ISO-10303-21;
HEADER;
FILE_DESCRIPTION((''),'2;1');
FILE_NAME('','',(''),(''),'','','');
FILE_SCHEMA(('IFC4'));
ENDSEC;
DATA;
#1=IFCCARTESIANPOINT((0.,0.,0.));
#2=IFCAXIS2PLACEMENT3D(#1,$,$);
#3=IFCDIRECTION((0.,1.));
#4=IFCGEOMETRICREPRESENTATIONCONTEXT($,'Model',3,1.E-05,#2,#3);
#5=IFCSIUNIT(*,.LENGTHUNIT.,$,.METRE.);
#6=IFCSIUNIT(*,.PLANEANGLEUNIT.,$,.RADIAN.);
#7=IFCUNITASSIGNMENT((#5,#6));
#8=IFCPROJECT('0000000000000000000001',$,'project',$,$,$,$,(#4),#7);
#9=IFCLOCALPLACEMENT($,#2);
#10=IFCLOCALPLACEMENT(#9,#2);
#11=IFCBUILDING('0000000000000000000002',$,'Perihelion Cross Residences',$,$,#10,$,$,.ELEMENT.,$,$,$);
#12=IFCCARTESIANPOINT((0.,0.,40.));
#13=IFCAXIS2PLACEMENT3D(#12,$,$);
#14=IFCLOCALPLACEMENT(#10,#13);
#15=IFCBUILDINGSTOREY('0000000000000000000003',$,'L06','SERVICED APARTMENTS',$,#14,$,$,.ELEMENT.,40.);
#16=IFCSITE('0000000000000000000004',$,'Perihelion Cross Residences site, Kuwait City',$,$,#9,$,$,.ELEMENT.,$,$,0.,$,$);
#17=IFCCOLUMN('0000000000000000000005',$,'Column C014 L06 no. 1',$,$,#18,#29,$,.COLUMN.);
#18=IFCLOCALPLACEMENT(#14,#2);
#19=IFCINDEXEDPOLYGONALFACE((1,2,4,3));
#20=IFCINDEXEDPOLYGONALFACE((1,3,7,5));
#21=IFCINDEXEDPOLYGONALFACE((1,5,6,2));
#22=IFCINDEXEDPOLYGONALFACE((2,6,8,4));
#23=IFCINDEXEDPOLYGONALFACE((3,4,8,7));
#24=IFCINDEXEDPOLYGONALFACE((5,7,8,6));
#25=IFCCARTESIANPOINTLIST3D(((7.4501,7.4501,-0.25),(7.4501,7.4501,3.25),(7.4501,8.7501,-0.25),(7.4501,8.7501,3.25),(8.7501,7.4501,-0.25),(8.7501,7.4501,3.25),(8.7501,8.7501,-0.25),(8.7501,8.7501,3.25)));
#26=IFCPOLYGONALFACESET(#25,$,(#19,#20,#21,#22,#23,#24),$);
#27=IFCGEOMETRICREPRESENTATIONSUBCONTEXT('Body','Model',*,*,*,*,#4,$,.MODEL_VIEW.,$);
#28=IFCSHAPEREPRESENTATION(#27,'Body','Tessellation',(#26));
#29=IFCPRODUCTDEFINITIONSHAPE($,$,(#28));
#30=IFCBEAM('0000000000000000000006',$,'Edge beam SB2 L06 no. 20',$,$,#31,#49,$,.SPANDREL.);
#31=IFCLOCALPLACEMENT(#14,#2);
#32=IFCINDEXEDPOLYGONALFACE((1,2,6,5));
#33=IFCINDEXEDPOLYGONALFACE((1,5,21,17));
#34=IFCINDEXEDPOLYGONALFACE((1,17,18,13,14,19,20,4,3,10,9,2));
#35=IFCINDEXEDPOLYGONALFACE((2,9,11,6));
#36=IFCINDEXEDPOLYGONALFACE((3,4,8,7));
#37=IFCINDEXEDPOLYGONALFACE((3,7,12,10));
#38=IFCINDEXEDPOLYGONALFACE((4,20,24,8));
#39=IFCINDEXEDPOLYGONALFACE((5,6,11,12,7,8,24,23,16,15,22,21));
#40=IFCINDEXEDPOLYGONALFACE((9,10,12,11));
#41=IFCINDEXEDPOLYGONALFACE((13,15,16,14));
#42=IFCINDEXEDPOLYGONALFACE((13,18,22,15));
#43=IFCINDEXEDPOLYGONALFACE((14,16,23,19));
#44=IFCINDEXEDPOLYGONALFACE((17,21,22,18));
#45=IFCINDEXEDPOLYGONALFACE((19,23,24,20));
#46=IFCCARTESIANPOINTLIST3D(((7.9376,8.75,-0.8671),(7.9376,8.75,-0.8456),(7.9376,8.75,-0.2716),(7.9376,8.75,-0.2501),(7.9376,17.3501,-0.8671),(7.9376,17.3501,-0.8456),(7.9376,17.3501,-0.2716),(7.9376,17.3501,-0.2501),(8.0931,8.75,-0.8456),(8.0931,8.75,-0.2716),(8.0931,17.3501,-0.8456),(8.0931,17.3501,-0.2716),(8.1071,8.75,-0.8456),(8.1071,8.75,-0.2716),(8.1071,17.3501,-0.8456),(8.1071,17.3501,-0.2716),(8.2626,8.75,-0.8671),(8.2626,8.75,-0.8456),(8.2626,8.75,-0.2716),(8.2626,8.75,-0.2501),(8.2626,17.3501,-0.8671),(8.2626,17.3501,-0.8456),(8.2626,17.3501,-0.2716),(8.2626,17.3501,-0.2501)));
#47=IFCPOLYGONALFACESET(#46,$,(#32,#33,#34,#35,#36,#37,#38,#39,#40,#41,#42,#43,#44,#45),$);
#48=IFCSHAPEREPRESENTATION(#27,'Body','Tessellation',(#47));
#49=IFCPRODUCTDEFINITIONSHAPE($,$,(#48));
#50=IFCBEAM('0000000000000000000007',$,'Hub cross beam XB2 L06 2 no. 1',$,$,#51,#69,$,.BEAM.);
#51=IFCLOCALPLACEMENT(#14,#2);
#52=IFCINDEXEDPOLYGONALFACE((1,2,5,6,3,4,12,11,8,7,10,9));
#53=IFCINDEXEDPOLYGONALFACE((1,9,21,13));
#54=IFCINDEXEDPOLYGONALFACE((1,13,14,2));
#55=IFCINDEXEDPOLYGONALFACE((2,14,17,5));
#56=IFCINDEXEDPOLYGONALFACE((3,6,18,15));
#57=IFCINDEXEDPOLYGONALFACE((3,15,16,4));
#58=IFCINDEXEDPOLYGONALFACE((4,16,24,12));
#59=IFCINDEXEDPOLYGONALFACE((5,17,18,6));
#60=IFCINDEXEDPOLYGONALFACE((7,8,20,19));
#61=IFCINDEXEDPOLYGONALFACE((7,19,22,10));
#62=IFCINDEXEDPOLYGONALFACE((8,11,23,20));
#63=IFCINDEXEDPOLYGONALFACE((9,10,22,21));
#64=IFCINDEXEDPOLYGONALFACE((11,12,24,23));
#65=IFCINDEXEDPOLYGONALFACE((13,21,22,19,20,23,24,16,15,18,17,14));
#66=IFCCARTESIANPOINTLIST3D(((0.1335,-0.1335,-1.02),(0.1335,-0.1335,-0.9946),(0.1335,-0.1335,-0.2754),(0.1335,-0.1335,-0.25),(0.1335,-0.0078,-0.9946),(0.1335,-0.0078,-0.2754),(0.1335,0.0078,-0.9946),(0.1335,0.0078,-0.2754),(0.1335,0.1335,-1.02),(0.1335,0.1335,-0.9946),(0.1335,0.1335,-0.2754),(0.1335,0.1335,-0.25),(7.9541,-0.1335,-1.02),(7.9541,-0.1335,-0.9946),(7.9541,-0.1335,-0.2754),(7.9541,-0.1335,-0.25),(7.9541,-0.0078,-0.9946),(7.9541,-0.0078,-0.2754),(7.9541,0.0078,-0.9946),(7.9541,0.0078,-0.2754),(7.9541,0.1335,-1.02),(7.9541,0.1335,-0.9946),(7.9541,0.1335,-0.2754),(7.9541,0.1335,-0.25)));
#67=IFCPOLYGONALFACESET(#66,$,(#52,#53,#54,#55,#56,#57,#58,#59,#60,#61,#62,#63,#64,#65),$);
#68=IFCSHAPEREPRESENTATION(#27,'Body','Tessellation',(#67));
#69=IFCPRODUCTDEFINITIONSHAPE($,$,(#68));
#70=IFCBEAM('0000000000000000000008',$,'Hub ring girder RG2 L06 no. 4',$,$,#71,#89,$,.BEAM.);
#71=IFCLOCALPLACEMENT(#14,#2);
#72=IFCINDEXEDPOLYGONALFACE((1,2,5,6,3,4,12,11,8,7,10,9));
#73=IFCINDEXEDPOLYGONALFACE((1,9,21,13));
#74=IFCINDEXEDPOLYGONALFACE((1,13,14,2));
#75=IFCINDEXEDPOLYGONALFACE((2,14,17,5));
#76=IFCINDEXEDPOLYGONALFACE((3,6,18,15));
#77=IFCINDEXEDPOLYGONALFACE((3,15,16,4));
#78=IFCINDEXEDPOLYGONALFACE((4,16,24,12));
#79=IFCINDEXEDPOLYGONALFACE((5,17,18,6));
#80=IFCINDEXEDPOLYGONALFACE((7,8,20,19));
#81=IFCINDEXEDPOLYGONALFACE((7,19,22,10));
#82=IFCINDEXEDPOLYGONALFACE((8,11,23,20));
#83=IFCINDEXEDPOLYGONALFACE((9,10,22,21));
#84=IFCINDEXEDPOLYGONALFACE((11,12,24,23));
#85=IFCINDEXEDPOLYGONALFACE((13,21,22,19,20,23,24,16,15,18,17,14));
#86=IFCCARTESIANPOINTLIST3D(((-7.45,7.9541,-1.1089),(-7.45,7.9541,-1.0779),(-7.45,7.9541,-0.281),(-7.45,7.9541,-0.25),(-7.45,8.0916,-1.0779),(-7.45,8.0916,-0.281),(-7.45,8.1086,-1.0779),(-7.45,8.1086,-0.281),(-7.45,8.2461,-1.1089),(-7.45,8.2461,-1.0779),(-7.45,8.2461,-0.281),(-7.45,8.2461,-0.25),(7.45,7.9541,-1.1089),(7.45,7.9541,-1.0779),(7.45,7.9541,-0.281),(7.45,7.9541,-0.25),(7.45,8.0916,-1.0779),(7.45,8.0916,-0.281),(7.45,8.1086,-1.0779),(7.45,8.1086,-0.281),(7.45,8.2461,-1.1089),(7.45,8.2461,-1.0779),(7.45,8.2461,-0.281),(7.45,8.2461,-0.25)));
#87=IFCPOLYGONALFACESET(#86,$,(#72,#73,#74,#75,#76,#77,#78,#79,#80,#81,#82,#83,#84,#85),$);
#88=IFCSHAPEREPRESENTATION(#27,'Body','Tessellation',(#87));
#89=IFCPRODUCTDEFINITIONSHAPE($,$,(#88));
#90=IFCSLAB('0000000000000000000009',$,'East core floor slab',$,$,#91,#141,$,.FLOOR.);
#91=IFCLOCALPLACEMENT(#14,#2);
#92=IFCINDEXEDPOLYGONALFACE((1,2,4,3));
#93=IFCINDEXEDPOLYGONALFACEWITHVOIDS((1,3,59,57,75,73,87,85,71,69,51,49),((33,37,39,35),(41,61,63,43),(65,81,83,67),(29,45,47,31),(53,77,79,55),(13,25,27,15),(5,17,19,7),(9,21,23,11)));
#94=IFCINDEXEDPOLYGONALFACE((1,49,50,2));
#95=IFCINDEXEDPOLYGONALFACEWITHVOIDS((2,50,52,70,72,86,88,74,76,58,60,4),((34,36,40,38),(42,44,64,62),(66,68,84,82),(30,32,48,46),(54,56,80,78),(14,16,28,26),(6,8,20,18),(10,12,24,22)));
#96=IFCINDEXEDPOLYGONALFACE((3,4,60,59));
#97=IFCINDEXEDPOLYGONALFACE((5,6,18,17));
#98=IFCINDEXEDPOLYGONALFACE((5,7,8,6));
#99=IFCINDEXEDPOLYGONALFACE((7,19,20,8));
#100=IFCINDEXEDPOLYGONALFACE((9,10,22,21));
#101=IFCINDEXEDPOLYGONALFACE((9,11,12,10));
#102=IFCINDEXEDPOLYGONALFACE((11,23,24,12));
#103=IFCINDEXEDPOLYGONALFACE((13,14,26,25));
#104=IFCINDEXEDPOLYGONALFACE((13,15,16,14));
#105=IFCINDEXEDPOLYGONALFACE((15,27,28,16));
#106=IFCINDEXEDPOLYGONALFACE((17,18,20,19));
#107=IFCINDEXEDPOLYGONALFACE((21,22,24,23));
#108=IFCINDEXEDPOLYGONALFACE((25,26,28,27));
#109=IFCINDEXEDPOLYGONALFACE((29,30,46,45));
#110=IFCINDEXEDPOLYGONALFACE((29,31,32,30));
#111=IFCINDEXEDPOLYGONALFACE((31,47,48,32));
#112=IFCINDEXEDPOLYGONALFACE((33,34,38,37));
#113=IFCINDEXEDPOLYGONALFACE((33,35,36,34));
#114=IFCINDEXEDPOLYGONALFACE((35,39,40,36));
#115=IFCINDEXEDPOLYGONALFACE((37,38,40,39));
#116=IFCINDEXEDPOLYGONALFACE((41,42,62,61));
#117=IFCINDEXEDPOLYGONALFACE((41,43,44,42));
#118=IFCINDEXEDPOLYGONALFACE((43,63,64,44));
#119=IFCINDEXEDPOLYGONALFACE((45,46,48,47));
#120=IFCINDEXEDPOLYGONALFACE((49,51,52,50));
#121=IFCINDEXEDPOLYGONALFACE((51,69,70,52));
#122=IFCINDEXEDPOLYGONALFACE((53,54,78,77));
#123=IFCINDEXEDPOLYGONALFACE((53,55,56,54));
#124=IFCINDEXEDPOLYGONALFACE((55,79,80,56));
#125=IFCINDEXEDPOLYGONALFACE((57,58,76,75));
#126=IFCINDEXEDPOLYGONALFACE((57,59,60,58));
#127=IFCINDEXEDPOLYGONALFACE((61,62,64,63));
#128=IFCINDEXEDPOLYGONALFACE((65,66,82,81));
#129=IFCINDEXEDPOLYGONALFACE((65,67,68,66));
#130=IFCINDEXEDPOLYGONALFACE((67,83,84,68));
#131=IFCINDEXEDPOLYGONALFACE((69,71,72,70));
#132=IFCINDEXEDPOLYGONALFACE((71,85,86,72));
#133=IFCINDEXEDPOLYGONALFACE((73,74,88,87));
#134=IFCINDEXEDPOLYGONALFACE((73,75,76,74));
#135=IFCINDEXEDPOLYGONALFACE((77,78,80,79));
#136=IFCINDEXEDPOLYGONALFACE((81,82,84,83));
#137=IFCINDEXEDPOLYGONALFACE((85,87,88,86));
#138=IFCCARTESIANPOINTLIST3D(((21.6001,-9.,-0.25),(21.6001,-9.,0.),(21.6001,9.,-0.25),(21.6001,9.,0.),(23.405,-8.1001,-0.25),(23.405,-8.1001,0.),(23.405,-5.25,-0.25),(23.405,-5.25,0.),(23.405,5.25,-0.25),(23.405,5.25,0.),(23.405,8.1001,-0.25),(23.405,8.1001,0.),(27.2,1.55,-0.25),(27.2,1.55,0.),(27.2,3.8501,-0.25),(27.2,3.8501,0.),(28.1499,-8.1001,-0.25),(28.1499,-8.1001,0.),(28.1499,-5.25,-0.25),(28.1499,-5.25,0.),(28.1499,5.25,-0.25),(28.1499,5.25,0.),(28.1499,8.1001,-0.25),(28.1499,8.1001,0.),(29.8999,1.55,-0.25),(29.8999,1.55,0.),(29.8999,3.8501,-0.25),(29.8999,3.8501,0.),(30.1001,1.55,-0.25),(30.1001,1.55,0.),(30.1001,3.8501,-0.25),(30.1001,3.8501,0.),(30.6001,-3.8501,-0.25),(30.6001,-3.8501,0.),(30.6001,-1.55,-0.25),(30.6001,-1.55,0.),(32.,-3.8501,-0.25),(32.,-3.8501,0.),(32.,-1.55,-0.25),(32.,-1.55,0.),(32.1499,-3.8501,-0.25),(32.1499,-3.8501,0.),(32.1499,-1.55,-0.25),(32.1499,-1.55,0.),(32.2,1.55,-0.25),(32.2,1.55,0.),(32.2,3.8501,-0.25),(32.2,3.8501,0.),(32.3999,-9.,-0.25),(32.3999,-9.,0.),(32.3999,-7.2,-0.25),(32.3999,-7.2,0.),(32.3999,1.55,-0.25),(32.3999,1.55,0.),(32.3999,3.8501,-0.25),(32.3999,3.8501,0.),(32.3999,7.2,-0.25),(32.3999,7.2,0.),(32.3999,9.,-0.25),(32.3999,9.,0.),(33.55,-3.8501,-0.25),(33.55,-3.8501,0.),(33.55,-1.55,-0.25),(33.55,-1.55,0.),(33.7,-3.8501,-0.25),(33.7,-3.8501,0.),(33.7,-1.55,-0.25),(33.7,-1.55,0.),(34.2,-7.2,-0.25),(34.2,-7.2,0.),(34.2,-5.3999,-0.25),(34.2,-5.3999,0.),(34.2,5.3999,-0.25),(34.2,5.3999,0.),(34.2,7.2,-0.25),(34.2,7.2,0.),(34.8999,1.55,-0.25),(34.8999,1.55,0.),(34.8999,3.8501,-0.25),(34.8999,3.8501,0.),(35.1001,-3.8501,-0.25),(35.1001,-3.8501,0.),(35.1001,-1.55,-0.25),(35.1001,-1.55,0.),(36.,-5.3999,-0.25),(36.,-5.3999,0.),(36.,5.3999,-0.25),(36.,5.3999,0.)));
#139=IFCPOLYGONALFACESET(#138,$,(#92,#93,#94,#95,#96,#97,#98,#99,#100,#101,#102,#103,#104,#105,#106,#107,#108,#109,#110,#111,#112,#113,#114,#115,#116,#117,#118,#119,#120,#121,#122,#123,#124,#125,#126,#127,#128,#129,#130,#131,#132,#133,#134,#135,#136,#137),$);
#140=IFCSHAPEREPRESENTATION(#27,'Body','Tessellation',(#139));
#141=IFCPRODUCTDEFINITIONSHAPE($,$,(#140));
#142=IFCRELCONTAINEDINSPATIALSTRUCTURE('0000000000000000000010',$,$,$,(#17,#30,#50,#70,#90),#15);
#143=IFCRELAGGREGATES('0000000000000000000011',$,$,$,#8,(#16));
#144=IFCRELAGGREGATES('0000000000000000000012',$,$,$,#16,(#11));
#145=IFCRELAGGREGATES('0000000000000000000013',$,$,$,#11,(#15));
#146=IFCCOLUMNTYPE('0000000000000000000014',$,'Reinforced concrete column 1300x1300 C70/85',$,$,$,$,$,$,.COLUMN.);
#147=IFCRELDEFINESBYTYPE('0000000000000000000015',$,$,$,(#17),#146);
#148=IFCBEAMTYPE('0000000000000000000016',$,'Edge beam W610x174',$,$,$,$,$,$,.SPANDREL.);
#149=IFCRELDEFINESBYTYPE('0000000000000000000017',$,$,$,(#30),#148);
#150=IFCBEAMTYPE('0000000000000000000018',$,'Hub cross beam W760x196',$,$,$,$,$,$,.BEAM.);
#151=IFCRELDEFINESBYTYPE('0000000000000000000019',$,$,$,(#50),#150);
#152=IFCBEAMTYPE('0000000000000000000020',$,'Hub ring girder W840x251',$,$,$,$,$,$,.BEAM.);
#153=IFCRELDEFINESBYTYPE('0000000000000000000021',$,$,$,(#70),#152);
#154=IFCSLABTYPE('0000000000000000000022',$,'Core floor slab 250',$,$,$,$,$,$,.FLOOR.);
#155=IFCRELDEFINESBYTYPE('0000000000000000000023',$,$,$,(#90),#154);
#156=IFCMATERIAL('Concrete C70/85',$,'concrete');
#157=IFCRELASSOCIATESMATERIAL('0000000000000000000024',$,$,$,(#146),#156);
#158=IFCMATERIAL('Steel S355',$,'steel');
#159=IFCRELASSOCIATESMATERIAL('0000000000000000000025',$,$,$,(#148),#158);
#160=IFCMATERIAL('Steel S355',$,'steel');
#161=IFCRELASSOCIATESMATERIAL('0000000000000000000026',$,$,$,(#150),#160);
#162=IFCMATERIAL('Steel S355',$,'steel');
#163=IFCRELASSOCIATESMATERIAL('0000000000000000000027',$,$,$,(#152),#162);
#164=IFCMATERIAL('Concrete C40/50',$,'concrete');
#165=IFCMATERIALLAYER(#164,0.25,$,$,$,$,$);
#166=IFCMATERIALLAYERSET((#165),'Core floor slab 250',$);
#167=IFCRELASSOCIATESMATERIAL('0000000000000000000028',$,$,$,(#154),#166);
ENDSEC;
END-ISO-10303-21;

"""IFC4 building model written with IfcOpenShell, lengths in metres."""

from ifc_helpers import new_model, si_unit, direction, frame, origin, origin_2d, place, context, subcontext, project, spatial, polyline, rectangle, i_section, outline, extrude, material, layer, layer_set, material_profile, profile_set, type_object, element, save


model = new_model("IFC4")

# Units and contexts
model_context = context("Model", 3, precision=1e-05, world=origin(), true_north=direction((0.0, 1.0)))
body_context = subcontext(model_context, "Body", "Model", "MODEL_VIEW")
ifc_project = project(units=[si_unit("LENGTHUNIT", "METRE"), si_unit("PLANEANGLEUNIT", "RADIAN")], contexts=[model_context])

# Site, building, storey
site_placement = place(None, origin())
site = spatial("IfcSite", under=ifc_project, at=site_placement, Name="Perihelion Cross Residences site, Kuwait City", CompositionType="ELEMENT", RefElevation=0.0)
building_placement = place(site_placement, origin())
building = spatial("IfcBuilding", under=site, at=building_placement, Name="Perihelion Cross Residences", CompositionType="ELEMENT")
storey_placement = place(building_placement, frame((0.0, 0.0, 40.0)))
storey = spatial("IfcBuildingStorey", under=building, at=storey_placement, Name="L06", Description="SERVICED APARTMENTS", CompositionType="ELEMENT", Elevation=40.0)

# Column
ifc_material_1 = material(Name="Concrete C70/85", Category="concrete")
ifc_material_profile_1 = material_profile(ifc_material_1, rectangle(XDim=1.3, YDim=1.3, at=origin_2d()), Name="RC 1300x1300")
ifc_profile_set_1 = profile_set([ifc_material_profile_1], Name="Concrete C70/85")
column_type = type_object("IfcColumnType", Name="Reinforced concrete column 1300x1300 C70/85", PredefinedType="COLUMN", material=ifc_profile_set_1)
column_placement = place(storey_placement, frame((8.1001, 8.1001, -0.25), z_axis=(0.0, 0.0, 1.0), x_axis=(1.0, 0.0, 0.0)))
element("IfcColumn", 1, at=column_placement, inside=storey, type_object=column_type, Name="Column C014 L06 no. 1", PredefinedType="COLUMN", context=body_context, shape_type="SweptSolid", body=[
    extrude(rectangle(XDim=1.3, YDim=1.3, at=origin_2d()), origin(), (0.0, 0.0, 1.0), 3.5),
])

# Beams
ifc_material_2 = material(Name="Steel S355", Category="steel")
ifc_material_profile_2 = material_profile(ifc_material_2, i_section(OverallWidth=0.325, OverallDepth=0.6169, WebThickness=0.0139, FlangeThickness=0.0215, at=origin_2d()), Name="W610x174")
ifc_profile_set_2 = profile_set([ifc_material_profile_2], Name="Steel S355")
beam_type_1 = type_object("IfcBeamType", Name="Edge beam W610x174", PredefinedType="SPANDREL", material=ifc_profile_set_2)
beam_1_placement = place(storey_placement, frame((8.1001, 8.75, -0.5586), z_axis=(0.0, 1.0, 0.0), x_axis=(-1.0, 0.0, 0.0)))
element("IfcBeam", 2, at=beam_1_placement, inside=storey, type_object=beam_type_1, Name="Edge beam SB2 L06 no. 20", PredefinedType="SPANDREL", context=body_context, shape_type="SweptSolid", body=[
    extrude(i_section(OverallWidth=0.325, OverallDepth=0.6169, WebThickness=0.0139, FlangeThickness=0.0215, at=origin_2d()), origin(), (0.0, 0.0, 1.0), 8.6001),
])
ifc_material_3 = material(Name="Steel S355", Category="steel")
ifc_material_profile_3 = material_profile(ifc_material_3, i_section(OverallWidth=0.2671, OverallDepth=0.77, WebThickness=0.0156, FlangeThickness=0.0254, at=origin_2d()), Name="W760x196")
ifc_profile_set_3 = profile_set([ifc_material_profile_3], Name="Steel S355")
beam_type_2 = type_object("IfcBeamType", Name="Hub cross beam W760x196", PredefinedType="BEAM", material=ifc_profile_set_3)
beam_2_placement = place(storey_placement, frame((0.1335, 0.0, -0.635), z_axis=(1.0, 0.0, 0.0), x_axis=(0.0, 1.0, 0.0)))
element("IfcBeam", 3, at=beam_2_placement, inside=storey, type_object=beam_type_2, Name="Hub cross beam XB2 L06 2 no. 1", PredefinedType="BEAM", context=body_context, shape_type="SweptSolid", body=[
    extrude(i_section(OverallWidth=0.2671, OverallDepth=0.77, WebThickness=0.0156, FlangeThickness=0.0254, at=origin_2d()), origin(), (0.0, 0.0, 1.0), 7.8206),
])
ifc_material_4 = material(Name="Steel S355", Category="steel")
ifc_material_profile_4 = material_profile(ifc_material_4, i_section(OverallWidth=0.292, OverallDepth=0.8589, WebThickness=0.0171, FlangeThickness=0.031, at=origin_2d()), Name="W840x251")
ifc_profile_set_4 = profile_set([ifc_material_profile_4], Name="Steel S355")
beam_type_3 = type_object("IfcBeamType", Name="Hub ring girder W840x251", PredefinedType="BEAM", material=ifc_profile_set_4)
beam_3_placement = place(storey_placement, frame((7.45, 8.1001, -0.6794), z_axis=(-1.0, 0.0, 0.0), x_axis=(0.0, -1.0, 0.0)))
element("IfcBeam", 4, at=beam_3_placement, inside=storey, type_object=beam_type_3, Name="Hub ring girder RG2 L06 no. 4", PredefinedType="BEAM", context=body_context, shape_type="SweptSolid", body=[
    extrude(i_section(OverallWidth=0.292, OverallDepth=0.8589, WebThickness=0.0171, FlangeThickness=0.031, at=origin_2d()), origin(), (0.0, 0.0, 1.0), 14.8999),
])

# Slab
ifc_material_5 = material(Name="Concrete C40/50", Category="concrete")
ifc_layer_1 = layer(ifc_material_5, 0.25)
ifc_layer_set_1 = layer_set([ifc_layer_1], Name="Core floor slab 250")
slab_type_1 = type_object("IfcSlabType", Name="Core floor slab 250", PredefinedType="FLOOR", material=ifc_layer_set_1)
slab_1_placement = place(storey_placement, frame((0.0, 0.0, -0.25)))
element("IfcSlab", 5, at=slab_1_placement, inside=storey, type_object=slab_type_1, Name="East core floor slab", PredefinedType="FLOOR", context=body_context, shape_type="SweptSolid", body=[
    extrude(outline(polyline([(32.3999, 7.2), (34.2, 7.2), (34.2, 5.3999), (36.0, 5.3999), (36.0, -5.3999), (34.2, -5.3999), (34.2, -7.2), (32.3999, -7.2), (32.3999, -9.0), (21.6001, -9.0), (21.6001, 9.0), (32.3999, 9.0), (32.3999, 7.2)]), holes=[polyline([(23.405, -8.1001), (28.1499, -8.1001), (28.1499, -5.25), (23.405, -5.25), (23.405, -8.1001)]), polyline([(30.6001, -1.55), (30.6001, -3.8501), (32.0, -3.8501), (32.0, -1.55), (30.6001, -1.55)]), polyline([(32.1499, -1.55), (32.1499, -3.8501), (33.55, -3.8501), (33.55, -1.55), (32.1499, -1.55)]), polyline([(33.7, -1.55), (33.7, -3.8501), (35.1001, -3.8501), (35.1001, -1.55), (33.7, -1.55)]), polyline([(27.2, 3.8501), (27.2, 1.55), (29.8999, 1.55), (29.8999, 3.8501), (27.2, 3.8501)]), polyline([(30.1001, 3.8501), (30.1001, 1.55), (32.2, 1.55), (32.2, 3.8501), (30.1001, 3.8501)]), polyline([(32.3999, 3.8501), (32.3999, 1.55), (34.8999, 1.55), (34.8999, 3.8501), (32.3999, 3.8501)]), polyline([(23.405, 5.25), (28.1499, 5.25), (28.1499, 8.1001), (23.405, 8.1001), (23.405, 5.25)])]), origin(), (0.0, 0.0, 1.0), 0.25),
])

save(model, "model.ifc")
